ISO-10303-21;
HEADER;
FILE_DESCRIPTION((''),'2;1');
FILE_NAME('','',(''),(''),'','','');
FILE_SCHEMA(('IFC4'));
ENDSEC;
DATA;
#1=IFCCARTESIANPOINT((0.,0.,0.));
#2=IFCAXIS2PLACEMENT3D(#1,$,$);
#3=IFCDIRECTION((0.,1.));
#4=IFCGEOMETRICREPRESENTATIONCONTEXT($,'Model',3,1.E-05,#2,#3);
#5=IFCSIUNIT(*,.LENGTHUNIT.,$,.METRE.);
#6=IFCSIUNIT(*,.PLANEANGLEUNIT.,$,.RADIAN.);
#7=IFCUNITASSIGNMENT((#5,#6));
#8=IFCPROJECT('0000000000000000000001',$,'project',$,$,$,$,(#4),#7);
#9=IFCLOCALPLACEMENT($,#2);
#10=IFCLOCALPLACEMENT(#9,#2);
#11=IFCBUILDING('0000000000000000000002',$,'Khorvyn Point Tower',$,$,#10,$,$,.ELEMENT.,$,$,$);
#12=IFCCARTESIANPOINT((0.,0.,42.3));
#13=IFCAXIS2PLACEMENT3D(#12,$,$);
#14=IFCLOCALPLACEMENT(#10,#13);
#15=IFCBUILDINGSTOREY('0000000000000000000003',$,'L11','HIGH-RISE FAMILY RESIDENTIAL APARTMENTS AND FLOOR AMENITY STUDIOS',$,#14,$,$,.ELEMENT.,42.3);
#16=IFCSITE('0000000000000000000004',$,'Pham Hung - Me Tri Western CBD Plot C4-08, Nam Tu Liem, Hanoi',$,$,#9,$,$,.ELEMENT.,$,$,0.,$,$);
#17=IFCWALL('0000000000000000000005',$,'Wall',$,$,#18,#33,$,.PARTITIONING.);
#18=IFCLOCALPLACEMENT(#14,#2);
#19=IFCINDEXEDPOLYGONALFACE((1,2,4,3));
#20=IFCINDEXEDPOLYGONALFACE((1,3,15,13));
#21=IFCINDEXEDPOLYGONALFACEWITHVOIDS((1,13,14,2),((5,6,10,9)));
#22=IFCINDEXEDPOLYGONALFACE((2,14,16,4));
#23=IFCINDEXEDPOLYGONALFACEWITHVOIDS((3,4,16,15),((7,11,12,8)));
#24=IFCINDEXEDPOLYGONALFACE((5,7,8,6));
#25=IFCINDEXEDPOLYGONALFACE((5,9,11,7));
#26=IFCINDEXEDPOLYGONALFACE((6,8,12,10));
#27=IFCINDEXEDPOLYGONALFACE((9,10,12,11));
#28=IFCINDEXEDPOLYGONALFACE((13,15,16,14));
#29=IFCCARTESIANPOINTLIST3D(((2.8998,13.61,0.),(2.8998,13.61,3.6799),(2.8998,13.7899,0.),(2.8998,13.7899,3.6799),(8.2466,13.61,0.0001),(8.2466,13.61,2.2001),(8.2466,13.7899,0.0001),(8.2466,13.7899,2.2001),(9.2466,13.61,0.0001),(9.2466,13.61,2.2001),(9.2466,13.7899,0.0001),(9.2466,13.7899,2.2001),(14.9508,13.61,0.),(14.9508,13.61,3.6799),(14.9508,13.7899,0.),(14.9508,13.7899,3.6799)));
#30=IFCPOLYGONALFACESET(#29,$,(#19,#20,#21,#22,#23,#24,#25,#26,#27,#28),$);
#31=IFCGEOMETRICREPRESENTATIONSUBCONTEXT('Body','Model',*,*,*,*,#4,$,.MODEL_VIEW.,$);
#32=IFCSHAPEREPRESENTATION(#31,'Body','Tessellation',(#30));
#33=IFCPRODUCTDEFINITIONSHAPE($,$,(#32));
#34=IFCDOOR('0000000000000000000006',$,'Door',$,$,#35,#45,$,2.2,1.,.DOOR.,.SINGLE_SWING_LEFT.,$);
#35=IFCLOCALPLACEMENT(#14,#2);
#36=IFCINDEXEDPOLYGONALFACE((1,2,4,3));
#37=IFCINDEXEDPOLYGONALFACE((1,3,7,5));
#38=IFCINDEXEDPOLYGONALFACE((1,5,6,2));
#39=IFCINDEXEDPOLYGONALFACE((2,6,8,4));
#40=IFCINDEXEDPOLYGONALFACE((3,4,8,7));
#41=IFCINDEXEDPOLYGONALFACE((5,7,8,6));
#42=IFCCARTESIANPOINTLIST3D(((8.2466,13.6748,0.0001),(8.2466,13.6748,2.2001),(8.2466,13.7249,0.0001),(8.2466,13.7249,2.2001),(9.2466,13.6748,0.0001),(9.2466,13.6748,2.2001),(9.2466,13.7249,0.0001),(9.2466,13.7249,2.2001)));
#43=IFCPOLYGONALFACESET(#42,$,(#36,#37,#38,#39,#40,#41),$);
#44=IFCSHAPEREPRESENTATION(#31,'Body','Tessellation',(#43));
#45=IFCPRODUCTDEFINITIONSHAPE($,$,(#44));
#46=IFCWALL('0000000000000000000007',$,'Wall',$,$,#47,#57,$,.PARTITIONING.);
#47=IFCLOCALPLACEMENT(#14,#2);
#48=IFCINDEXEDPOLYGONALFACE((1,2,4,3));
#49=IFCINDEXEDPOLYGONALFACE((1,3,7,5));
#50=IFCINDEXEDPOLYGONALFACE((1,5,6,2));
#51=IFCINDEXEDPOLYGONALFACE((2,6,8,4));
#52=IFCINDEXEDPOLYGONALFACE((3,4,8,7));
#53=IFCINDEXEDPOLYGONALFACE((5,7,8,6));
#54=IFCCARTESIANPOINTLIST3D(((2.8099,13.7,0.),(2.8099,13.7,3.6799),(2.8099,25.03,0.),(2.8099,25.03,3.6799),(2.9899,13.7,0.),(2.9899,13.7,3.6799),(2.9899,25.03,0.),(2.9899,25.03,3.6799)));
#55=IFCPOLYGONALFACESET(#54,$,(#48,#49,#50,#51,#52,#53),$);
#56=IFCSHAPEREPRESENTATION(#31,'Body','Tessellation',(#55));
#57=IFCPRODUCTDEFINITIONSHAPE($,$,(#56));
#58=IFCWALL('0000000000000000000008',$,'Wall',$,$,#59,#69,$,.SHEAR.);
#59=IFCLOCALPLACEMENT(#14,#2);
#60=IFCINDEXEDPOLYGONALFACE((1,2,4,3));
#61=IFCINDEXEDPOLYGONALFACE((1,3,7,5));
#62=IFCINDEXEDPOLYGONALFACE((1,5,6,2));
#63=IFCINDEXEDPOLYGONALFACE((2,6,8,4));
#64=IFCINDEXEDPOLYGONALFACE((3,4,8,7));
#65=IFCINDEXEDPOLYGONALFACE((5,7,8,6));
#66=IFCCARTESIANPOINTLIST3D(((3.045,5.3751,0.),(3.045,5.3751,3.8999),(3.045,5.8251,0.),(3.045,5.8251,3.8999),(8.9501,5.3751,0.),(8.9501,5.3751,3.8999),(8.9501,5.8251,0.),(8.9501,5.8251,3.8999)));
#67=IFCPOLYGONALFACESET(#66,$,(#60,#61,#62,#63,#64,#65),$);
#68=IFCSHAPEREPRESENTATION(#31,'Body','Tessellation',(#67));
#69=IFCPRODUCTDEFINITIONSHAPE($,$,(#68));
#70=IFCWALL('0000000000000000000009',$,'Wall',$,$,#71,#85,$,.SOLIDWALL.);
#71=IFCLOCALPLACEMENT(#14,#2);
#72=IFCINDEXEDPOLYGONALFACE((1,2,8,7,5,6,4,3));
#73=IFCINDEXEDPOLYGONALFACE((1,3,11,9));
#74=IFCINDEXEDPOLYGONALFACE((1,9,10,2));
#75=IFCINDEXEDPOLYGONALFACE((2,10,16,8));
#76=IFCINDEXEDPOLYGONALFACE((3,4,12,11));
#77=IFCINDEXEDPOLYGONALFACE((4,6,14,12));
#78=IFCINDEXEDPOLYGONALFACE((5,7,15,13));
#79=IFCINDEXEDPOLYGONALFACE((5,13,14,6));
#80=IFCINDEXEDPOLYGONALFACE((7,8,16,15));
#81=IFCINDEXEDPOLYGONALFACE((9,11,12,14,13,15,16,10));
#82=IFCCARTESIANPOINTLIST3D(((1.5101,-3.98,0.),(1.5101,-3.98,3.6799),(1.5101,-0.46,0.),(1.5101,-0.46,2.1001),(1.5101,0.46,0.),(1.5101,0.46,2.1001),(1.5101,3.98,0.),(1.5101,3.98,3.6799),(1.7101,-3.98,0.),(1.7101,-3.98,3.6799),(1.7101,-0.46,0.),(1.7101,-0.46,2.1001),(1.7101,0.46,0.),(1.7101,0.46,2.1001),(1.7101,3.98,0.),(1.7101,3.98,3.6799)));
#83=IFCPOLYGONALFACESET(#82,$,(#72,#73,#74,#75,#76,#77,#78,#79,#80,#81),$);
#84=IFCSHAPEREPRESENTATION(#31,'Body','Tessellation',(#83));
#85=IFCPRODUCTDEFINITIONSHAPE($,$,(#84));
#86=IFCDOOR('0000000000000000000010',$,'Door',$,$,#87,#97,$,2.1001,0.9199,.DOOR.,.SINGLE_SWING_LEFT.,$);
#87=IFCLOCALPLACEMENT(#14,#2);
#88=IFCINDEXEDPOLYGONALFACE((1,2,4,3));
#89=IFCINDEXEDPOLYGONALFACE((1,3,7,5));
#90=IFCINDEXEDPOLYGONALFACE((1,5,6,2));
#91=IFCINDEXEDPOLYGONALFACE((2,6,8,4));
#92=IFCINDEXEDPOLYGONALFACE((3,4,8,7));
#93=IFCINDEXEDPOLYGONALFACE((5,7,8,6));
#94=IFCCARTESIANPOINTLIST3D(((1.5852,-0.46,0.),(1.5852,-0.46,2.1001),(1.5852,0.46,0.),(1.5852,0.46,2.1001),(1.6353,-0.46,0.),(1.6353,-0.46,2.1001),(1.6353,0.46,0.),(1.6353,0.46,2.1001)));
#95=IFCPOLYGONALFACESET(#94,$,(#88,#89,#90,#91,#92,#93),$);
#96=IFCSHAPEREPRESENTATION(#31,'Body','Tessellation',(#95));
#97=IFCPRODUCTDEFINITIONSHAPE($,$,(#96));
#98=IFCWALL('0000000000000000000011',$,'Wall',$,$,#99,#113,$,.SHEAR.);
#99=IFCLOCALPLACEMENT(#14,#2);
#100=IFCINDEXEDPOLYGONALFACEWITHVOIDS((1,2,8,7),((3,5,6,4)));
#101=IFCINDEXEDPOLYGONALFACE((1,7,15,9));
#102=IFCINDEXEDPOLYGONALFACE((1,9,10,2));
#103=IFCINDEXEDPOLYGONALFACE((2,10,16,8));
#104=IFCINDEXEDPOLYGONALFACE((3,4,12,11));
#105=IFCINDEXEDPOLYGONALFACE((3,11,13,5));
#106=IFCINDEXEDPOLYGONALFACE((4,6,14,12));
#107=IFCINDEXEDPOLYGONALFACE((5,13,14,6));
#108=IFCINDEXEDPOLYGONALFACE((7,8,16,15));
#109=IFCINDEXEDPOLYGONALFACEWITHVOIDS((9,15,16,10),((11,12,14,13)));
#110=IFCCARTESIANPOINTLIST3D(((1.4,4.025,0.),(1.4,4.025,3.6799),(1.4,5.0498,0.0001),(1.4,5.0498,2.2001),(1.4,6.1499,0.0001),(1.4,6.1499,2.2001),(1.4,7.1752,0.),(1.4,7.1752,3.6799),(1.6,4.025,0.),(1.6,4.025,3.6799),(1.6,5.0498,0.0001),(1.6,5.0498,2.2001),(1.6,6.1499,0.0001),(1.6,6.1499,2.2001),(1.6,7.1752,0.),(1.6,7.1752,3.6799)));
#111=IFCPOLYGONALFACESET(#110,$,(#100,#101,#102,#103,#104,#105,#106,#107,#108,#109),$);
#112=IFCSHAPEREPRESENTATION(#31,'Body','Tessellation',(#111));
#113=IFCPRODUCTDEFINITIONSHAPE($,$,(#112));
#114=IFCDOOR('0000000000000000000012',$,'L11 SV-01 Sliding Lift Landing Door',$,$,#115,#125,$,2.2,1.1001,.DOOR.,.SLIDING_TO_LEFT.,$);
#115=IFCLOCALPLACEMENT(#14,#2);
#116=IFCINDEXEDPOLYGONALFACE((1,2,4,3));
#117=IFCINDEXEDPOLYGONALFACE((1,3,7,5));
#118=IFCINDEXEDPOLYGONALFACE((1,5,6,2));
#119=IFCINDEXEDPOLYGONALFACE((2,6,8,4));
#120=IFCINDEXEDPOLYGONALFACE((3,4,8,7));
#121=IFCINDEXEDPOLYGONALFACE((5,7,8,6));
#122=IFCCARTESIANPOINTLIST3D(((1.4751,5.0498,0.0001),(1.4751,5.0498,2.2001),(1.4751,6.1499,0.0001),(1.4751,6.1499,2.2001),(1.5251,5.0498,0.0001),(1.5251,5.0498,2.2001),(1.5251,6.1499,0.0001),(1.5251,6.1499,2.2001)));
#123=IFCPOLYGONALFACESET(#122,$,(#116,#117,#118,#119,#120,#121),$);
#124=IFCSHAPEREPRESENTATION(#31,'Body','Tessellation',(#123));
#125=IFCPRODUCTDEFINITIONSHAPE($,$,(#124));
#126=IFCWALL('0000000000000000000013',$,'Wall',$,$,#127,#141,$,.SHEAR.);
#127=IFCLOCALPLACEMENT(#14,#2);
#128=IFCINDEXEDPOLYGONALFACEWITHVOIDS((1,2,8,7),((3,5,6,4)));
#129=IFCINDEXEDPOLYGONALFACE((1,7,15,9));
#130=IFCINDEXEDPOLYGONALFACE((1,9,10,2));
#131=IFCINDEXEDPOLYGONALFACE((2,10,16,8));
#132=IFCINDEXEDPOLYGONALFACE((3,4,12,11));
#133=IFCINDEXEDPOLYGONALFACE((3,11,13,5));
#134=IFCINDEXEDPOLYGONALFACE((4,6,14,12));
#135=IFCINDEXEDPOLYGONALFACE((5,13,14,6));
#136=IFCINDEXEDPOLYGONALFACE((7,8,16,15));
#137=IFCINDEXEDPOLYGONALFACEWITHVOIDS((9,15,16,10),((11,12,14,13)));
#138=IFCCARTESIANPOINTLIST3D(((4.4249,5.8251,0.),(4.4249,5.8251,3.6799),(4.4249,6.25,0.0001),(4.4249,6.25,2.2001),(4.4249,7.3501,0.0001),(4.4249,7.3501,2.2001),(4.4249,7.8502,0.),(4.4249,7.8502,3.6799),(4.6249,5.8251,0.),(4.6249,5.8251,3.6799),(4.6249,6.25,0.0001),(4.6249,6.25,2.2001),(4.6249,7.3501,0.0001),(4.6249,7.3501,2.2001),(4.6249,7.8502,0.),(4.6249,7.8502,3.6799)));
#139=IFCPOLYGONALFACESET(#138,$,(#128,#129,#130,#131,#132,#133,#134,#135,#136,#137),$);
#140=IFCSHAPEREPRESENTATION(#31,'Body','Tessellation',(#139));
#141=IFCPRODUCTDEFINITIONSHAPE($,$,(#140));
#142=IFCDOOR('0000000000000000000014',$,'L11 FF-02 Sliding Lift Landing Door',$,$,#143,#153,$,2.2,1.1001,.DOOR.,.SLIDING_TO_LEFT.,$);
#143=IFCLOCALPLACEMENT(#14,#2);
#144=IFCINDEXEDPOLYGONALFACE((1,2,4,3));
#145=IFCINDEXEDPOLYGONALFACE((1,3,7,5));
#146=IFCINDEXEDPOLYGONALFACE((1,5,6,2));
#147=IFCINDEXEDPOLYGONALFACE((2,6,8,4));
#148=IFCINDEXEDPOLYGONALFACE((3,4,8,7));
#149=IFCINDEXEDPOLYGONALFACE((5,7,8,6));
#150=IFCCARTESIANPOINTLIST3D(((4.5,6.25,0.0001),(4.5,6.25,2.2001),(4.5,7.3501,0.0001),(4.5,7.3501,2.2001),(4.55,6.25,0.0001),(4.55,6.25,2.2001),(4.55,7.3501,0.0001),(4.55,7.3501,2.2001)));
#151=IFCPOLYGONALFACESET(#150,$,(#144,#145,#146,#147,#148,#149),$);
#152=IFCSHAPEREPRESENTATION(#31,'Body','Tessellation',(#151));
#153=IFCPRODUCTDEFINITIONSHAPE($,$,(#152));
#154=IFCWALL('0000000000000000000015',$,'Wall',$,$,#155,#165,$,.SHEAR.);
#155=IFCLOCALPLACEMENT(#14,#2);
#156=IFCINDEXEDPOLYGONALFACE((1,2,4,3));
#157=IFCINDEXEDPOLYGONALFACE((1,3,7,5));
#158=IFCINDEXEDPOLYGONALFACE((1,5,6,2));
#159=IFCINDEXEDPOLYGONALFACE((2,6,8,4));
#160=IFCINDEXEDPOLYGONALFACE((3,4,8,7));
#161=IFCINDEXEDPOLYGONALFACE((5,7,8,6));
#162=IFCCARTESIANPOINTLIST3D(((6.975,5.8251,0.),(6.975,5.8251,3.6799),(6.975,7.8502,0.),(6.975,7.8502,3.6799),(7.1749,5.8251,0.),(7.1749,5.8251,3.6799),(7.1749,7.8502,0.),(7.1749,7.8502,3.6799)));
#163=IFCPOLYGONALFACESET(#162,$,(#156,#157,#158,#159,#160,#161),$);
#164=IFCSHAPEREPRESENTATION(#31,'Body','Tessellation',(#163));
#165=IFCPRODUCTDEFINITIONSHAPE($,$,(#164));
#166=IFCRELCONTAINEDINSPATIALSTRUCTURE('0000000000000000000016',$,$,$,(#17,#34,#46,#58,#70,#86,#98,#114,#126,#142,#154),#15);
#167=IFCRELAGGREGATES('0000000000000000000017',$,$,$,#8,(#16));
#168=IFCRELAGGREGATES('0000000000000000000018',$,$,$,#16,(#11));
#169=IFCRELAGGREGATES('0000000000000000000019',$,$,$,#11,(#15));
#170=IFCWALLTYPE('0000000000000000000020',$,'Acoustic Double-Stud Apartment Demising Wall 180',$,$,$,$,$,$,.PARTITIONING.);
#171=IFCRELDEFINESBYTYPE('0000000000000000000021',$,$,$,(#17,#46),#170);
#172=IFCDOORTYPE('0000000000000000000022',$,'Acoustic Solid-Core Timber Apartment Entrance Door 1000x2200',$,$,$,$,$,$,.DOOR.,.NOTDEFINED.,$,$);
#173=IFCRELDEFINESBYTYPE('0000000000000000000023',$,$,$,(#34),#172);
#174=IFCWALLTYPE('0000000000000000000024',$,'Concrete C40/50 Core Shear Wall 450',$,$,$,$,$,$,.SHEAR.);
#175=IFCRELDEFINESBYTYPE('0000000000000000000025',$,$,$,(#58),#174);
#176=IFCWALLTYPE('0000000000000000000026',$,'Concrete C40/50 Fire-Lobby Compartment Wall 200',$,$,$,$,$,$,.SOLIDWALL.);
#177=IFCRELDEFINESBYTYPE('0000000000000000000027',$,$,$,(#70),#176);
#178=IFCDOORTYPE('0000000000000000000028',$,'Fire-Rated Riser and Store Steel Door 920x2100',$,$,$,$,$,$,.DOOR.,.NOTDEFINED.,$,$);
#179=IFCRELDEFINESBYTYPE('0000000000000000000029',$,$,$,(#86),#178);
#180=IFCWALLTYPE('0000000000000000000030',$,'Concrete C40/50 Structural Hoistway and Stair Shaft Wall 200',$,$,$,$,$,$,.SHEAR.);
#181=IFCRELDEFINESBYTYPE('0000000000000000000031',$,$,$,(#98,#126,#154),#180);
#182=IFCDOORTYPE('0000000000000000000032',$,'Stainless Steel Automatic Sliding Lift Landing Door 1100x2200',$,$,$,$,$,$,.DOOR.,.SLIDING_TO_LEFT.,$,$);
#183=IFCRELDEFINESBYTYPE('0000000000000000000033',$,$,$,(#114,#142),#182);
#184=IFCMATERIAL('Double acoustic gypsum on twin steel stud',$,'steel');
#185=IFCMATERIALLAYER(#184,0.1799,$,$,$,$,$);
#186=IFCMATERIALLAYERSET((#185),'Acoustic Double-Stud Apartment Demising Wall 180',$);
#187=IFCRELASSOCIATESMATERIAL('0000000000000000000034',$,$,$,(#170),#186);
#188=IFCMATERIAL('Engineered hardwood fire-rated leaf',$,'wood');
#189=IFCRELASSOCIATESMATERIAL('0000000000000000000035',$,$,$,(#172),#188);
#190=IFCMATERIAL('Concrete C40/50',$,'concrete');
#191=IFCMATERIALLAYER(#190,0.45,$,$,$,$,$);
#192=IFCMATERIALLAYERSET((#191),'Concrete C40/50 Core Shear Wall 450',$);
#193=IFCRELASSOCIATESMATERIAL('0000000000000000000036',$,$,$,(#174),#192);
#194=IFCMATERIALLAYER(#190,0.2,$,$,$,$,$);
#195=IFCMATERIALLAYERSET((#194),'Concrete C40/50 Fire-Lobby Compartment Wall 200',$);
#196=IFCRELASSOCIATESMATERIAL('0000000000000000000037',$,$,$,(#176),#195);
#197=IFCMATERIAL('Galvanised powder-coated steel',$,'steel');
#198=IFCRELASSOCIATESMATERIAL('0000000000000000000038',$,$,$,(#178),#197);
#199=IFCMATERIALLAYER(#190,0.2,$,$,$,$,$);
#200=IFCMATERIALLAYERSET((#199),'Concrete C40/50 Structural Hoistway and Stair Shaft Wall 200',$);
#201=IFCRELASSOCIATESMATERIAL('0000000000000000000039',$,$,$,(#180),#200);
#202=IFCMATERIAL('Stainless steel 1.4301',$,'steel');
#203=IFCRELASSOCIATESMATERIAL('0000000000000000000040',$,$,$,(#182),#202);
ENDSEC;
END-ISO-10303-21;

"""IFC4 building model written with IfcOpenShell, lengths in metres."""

from ifc_helpers import new_model, si_unit, direction, frame, frame_2d, origin, place, context, subcontext, project, spatial, rectangle, extrude, material, layer, layer_set, type_object, element, fill, save


model = new_model("IFC4")

# Units and contexts
model_context = context("Model", 3, precision=1e-05, world=origin(), true_north=direction((0.0, 1.0)))
body_context = subcontext(model_context, "Body", "Model", "MODEL_VIEW")
ifc_project = project(units=[si_unit("LENGTHUNIT", "METRE"), si_unit("PLANEANGLEUNIT", "RADIAN")], contexts=[model_context])

# Site, building, storey
site_placement = place(None, origin())
site = spatial("IfcSite", under=ifc_project, at=site_placement, Name="Pham Hung - Me Tri Western CBD Plot C4-08, Nam Tu Liem, Hanoi", CompositionType="ELEMENT", RefElevation=0.0)
building_placement = place(site_placement, origin())
building = spatial("IfcBuilding", under=site, at=building_placement, Name="Khorvyn Point Tower", CompositionType="ELEMENT")
storey_placement = place(building_placement, frame((0.0, 0.0, 42.3)))
storey = spatial("IfcBuildingStorey", under=building, at=storey_placement, Name="L11", Description="HIGH-RISE FAMILY RESIDENTIAL APARTMENTS AND FLOOR AMENITY STUDIOS", CompositionType="ELEMENT", Elevation=42.3)

# Shared definitions
ifc_material_1 = material(Name="Concrete C40/50", Category="concrete")

# Wall, opening, door
ifc_material_2 = material(Name="Double acoustic gypsum on twin steel stud", Category="steel")
ifc_layer_1 = layer(ifc_material_2, 0.1799)
ifc_layer_set_1 = layer_set([ifc_layer_1], Name="Acoustic Double-Stud Apartment Demising Wall 180")
wall_type_1 = type_object("IfcWallType", Name="Acoustic Double-Stud Apartment Demising Wall 180", PredefinedType="PARTITIONING", material=ifc_layer_set_1)
wall_1_placement = place(storey_placement, frame((2.8999, 13.7, 0.0), z_axis=(0.0, 0.0, 1.0), x_axis=(1.0, 0.0, 0.0)))
wall_1 = element("IfcWall", 1, at=wall_1_placement, inside=storey, type_object=wall_type_1, Name="Wall", PredefinedType="PARTITIONING", context=body_context, shape_type="SweptSolid", body=[
    extrude(rectangle(XDim=12.051, YDim=0.1799, at=frame_2d((6.0254, 0.0))), origin(), (0.0, 0.0, 1.0), 3.6799),
])
opening_1_placement = place(wall_1_placement, frame((5.3467, 0.0, 0.0)))
opening_1 = element("IfcOpeningElement", 2, at=opening_1_placement, cuts=wall_1, PredefinedType="OPENING", context=body_context, shape_type="SweptSolid", body=[
    extrude(rectangle(XDim=1.0, YDim=2.2, at=frame_2d((0.5, 1.1001))), frame((0.0, 0.0999, 0.0), z_axis=(0.0, -1.0, 0.0), x_axis=(1.0, 0.0, 0.0)), (0.0, 0.0, 1.0), 0.2),
])
ifc_material_3 = material(Name="Engineered hardwood fire-rated leaf", Category="wood")
door_type_1 = type_object("IfcDoorType", Name="Acoustic Solid-Core Timber Apartment Entrance Door 1000x2200", OperationType="NOTDEFINED", PredefinedType="DOOR", material=ifc_material_3)
door_1_placement = place(opening_1_placement, origin())
door_1 = element("IfcDoor", 3, at=door_1_placement, inside=storey, type_object=door_type_1, Name="Door", OperationType="SINGLE_SWING_LEFT", OverallHeight=2.2, OverallWidth=1.0, PredefinedType="DOOR", context=body_context, shape_type="SweptSolid", body=[
    extrude(rectangle(XDim=1.0, YDim=2.2, at=frame_2d((0.5, 1.1001))), frame((0.0, 0.0249, 0.0), z_axis=(0.0, -1.0, 0.0), x_axis=(1.0, 0.0, 0.0)), (0.0, 0.0, 1.0), 0.05),
])
fill(opening_1, door_1)

# Walls
wall_2_placement = place(storey_placement, frame((2.8999, 13.7, 0.0), z_axis=(0.0, 0.0, 1.0), x_axis=(0.0, 1.0, 0.0)))
element("IfcWall", 4, at=wall_2_placement, inside=storey, type_object=wall_type_1, Name="Wall", PredefinedType="PARTITIONING", context=body_context, shape_type="SweptSolid", body=[
    extrude(rectangle(XDim=11.3301, YDim=0.1799, at=frame_2d((5.665, 0.0))), origin(), (0.0, 0.0, 1.0), 3.6799),
])
ifc_layer_2 = layer(ifc_material_1, 0.45)
ifc_layer_set_2 = layer_set([ifc_layer_2], Name="Concrete C40/50 Core Shear Wall 450")
wall_type_2 = type_object("IfcWallType", Name="Concrete C40/50 Core Shear Wall 450", PredefinedType="SHEAR", material=ifc_layer_set_2)
wall_3_placement = place(storey_placement, frame((3.0449, 5.6001, 0.0), z_axis=(0.0, 0.0, 1.0), x_axis=(1.0, 0.0, 0.0)))
element("IfcWall", 5, at=wall_3_placement, inside=storey, type_object=wall_type_2, Name="Wall", PredefinedType="SHEAR", context=body_context, shape_type="SweptSolid", body=[
    extrude(rectangle(XDim=5.905, YDim=0.45, at=frame_2d((2.9526, 0.0))), origin(), (0.0, 0.0, 1.0), 3.8999),
])

# Walls, openings, doors
ifc_layer_3 = layer(ifc_material_1, 0.2)
ifc_layer_set_3 = layer_set([ifc_layer_3], Name="Concrete C40/50 Fire-Lobby Compartment Wall 200")
wall_type_3 = type_object("IfcWallType", Name="Concrete C40/50 Fire-Lobby Compartment Wall 200", PredefinedType="SOLIDWALL", material=ifc_layer_set_3)
ifc_material_4 = material(Name="Galvanised powder-coated steel", Category="steel")
wall_4_placement = place(storey_placement, frame((1.6101, -3.98, 0.0), z_axis=(0.0, 0.0, 1.0), x_axis=(0.0, 1.0, 0.0)))
wall_4 = element("IfcWall", 6, at=wall_4_placement, inside=storey, type_object=wall_type_3, Name="Wall", PredefinedType="SOLIDWALL", context=body_context, shape_type="SweptSolid", body=[
    extrude(rectangle(XDim=7.96, YDim=0.2, at=frame_2d((3.98, 0.0))), origin(), (0.0, 0.0, 1.0), 3.6799),
])
opening_2_placement = place(wall_4_placement, frame((3.52, 0.0, 0.0)))
opening_2 = element("IfcOpeningElement", 7, at=opening_2_placement, cuts=wall_4, PredefinedType="OPENING", context=body_context, shape_type="SweptSolid", body=[
    extrude(rectangle(XDim=0.9199, YDim=2.1001, at=frame_2d((0.46, 1.05))), frame((0.0, 0.1099, 0.0), z_axis=(0.0, -1.0, 0.0), x_axis=(1.0, 0.0, 0.0)), (0.0, 0.0, 1.0), 0.22),
])
door_type_2 = type_object("IfcDoorType", Name="Fire-Rated Riser and Store Steel Door 920x2100", OperationType="NOTDEFINED", PredefinedType="DOOR", material=ifc_material_4)
door_2_placement = place(opening_2_placement, origin())
door_2 = element("IfcDoor", 8, at=door_2_placement, inside=storey, type_object=door_type_2, Name="Door", OperationType="SINGLE_SWING_LEFT", OverallHeight=2.1001, OverallWidth=0.9199, PredefinedType="DOOR", context=body_context, shape_type="SweptSolid", body=[
    extrude(rectangle(XDim=0.9199, YDim=2.1001, at=frame_2d((0.46, 1.05))), frame((0.0, 0.0249, 0.0), z_axis=(0.0, -1.0, 0.0), x_axis=(1.0, 0.0, 0.0)), (0.0, 0.0, 1.0), 0.05),
])
fill(opening_2, door_2)
ifc_layer_4 = layer(ifc_material_1, 0.2)
ifc_layer_set_4 = layer_set([ifc_layer_4], Name="Concrete C40/50 Structural Hoistway and Stair Shaft Wall 200")
wall_type_4 = type_object("IfcWallType", Name="Concrete C40/50 Structural Hoistway and Stair Shaft Wall 200", PredefinedType="SHEAR", material=ifc_layer_set_4)
wall_5_placement = place(storey_placement, frame((1.5, 4.0249, 0.0), z_axis=(0.0, 0.0, 1.0), x_axis=(0.0, 1.0, 0.0)))
wall_5 = element("IfcWall", 9, at=wall_5_placement, inside=storey, type_object=wall_type_4, Name="Wall", PredefinedType="SHEAR", context=body_context, shape_type="SweptSolid", body=[
    extrude(rectangle(XDim=3.1501, YDim=0.2, at=frame_2d((1.5752, 0.0))), origin(), (0.0, 0.0, 1.0), 3.6799),
])
opening_3_placement = place(wall_5_placement, frame((1.0249, 0.0, 0.0)))
opening_3 = element("IfcOpeningElement", 10, at=opening_3_placement, cuts=wall_5, PredefinedType="OPENING", context=body_context, shape_type="SweptSolid", body=[
    extrude(rectangle(XDim=1.1001, YDim=2.2, at=frame_2d((0.55, 1.1001))), frame((0.0, 0.1099, 0.0), z_axis=(0.0, -1.0, 0.0), x_axis=(1.0, 0.0, 0.0)), (0.0, 0.0, 1.0), 0.22),
])
ifc_material_5 = material(Name="Stainless steel 1.4301", Category="steel")
door_type_3 = type_object("IfcDoorType", Name="Stainless Steel Automatic Sliding Lift Landing Door 1100x2200", OperationType="SLIDING_TO_LEFT", PredefinedType="DOOR", material=ifc_material_5)
door_3_placement = place(opening_3_placement, origin())
door_3 = element("IfcDoor", 11, at=door_3_placement, inside=storey, type_object=door_type_3, Name="L11 SV-01 Sliding Lift Landing Door", OperationType="SLIDING_TO_LEFT", OverallHeight=2.2, OverallWidth=1.1001, PredefinedType="DOOR", context=body_context, shape_type="SweptSolid", body=[
    extrude(rectangle(XDim=1.1001, YDim=2.2, at=frame_2d((0.55, 1.1001))), frame((0.0, 0.0249, 0.0), z_axis=(0.0, -1.0, 0.0), x_axis=(1.0, 0.0, 0.0)), (0.0, 0.0, 1.0), 0.05),
])
fill(opening_3, door_3)
wall_6_placement = place(storey_placement, frame((4.5249, 5.825, 0.0), z_axis=(0.0, 0.0, 1.0), x_axis=(0.0, 1.0, 0.0)))
wall_6 = element("IfcWall", 12, at=wall_6_placement, inside=storey, type_object=wall_type_4, Name="Wall", PredefinedType="SHEAR", context=body_context, shape_type="SweptSolid", body=[
    extrude(rectangle(XDim=2.0251, YDim=0.2, at=frame_2d((1.0127, 0.0))), origin(), (0.0, 0.0, 1.0), 3.6799),
])
opening_4_placement = place(wall_6_placement, frame((0.425, 0.0, 0.0)))
opening_4 = element("IfcOpeningElement", 13, at=opening_4_placement, cuts=wall_6, PredefinedType="OPENING", context=body_context, shape_type="SweptSolid", body=[
    extrude(rectangle(XDim=1.1001, YDim=2.2, at=frame_2d((0.55, 1.1001))), frame((0.0, 0.1099, 0.0), z_axis=(0.0, -1.0, 0.0), x_axis=(1.0, 0.0, 0.0)), (0.0, 0.0, 1.0), 0.22),
])
door_4_placement = place(opening_4_placement, origin())
door_4 = element("IfcDoor", 14, at=door_4_placement, inside=storey, type_object=door_type_3, Name="L11 FF-02 Sliding Lift Landing Door", OperationType="SLIDING_TO_LEFT", OverallHeight=2.2, OverallWidth=1.1001, PredefinedType="DOOR", context=body_context, shape_type="SweptSolid", body=[
    extrude(rectangle(XDim=1.1001, YDim=2.2, at=frame_2d((0.55, 1.1001))), frame((0.0, 0.0249, 0.0), z_axis=(0.0, -1.0, 0.0), x_axis=(1.0, 0.0, 0.0)), (0.0, 0.0, 1.0), 0.05),
])
fill(opening_4, door_4)

# Wall
wall_7_placement = place(storey_placement, frame((7.075, 5.825, 0.0), z_axis=(0.0, 0.0, 1.0), x_axis=(0.0, 1.0, 0.0)))
element("IfcWall", 15, at=wall_7_placement, inside=storey, type_object=wall_type_4, Name="Wall", PredefinedType="SHEAR", context=body_context, shape_type="SweptSolid", body=[
    extrude(rectangle(XDim=2.0251, YDim=0.2, at=frame_2d((1.0127, 0.0))), origin(), (0.0, 0.0, 1.0), 3.6799),
])

save(model, "model.ifc")
